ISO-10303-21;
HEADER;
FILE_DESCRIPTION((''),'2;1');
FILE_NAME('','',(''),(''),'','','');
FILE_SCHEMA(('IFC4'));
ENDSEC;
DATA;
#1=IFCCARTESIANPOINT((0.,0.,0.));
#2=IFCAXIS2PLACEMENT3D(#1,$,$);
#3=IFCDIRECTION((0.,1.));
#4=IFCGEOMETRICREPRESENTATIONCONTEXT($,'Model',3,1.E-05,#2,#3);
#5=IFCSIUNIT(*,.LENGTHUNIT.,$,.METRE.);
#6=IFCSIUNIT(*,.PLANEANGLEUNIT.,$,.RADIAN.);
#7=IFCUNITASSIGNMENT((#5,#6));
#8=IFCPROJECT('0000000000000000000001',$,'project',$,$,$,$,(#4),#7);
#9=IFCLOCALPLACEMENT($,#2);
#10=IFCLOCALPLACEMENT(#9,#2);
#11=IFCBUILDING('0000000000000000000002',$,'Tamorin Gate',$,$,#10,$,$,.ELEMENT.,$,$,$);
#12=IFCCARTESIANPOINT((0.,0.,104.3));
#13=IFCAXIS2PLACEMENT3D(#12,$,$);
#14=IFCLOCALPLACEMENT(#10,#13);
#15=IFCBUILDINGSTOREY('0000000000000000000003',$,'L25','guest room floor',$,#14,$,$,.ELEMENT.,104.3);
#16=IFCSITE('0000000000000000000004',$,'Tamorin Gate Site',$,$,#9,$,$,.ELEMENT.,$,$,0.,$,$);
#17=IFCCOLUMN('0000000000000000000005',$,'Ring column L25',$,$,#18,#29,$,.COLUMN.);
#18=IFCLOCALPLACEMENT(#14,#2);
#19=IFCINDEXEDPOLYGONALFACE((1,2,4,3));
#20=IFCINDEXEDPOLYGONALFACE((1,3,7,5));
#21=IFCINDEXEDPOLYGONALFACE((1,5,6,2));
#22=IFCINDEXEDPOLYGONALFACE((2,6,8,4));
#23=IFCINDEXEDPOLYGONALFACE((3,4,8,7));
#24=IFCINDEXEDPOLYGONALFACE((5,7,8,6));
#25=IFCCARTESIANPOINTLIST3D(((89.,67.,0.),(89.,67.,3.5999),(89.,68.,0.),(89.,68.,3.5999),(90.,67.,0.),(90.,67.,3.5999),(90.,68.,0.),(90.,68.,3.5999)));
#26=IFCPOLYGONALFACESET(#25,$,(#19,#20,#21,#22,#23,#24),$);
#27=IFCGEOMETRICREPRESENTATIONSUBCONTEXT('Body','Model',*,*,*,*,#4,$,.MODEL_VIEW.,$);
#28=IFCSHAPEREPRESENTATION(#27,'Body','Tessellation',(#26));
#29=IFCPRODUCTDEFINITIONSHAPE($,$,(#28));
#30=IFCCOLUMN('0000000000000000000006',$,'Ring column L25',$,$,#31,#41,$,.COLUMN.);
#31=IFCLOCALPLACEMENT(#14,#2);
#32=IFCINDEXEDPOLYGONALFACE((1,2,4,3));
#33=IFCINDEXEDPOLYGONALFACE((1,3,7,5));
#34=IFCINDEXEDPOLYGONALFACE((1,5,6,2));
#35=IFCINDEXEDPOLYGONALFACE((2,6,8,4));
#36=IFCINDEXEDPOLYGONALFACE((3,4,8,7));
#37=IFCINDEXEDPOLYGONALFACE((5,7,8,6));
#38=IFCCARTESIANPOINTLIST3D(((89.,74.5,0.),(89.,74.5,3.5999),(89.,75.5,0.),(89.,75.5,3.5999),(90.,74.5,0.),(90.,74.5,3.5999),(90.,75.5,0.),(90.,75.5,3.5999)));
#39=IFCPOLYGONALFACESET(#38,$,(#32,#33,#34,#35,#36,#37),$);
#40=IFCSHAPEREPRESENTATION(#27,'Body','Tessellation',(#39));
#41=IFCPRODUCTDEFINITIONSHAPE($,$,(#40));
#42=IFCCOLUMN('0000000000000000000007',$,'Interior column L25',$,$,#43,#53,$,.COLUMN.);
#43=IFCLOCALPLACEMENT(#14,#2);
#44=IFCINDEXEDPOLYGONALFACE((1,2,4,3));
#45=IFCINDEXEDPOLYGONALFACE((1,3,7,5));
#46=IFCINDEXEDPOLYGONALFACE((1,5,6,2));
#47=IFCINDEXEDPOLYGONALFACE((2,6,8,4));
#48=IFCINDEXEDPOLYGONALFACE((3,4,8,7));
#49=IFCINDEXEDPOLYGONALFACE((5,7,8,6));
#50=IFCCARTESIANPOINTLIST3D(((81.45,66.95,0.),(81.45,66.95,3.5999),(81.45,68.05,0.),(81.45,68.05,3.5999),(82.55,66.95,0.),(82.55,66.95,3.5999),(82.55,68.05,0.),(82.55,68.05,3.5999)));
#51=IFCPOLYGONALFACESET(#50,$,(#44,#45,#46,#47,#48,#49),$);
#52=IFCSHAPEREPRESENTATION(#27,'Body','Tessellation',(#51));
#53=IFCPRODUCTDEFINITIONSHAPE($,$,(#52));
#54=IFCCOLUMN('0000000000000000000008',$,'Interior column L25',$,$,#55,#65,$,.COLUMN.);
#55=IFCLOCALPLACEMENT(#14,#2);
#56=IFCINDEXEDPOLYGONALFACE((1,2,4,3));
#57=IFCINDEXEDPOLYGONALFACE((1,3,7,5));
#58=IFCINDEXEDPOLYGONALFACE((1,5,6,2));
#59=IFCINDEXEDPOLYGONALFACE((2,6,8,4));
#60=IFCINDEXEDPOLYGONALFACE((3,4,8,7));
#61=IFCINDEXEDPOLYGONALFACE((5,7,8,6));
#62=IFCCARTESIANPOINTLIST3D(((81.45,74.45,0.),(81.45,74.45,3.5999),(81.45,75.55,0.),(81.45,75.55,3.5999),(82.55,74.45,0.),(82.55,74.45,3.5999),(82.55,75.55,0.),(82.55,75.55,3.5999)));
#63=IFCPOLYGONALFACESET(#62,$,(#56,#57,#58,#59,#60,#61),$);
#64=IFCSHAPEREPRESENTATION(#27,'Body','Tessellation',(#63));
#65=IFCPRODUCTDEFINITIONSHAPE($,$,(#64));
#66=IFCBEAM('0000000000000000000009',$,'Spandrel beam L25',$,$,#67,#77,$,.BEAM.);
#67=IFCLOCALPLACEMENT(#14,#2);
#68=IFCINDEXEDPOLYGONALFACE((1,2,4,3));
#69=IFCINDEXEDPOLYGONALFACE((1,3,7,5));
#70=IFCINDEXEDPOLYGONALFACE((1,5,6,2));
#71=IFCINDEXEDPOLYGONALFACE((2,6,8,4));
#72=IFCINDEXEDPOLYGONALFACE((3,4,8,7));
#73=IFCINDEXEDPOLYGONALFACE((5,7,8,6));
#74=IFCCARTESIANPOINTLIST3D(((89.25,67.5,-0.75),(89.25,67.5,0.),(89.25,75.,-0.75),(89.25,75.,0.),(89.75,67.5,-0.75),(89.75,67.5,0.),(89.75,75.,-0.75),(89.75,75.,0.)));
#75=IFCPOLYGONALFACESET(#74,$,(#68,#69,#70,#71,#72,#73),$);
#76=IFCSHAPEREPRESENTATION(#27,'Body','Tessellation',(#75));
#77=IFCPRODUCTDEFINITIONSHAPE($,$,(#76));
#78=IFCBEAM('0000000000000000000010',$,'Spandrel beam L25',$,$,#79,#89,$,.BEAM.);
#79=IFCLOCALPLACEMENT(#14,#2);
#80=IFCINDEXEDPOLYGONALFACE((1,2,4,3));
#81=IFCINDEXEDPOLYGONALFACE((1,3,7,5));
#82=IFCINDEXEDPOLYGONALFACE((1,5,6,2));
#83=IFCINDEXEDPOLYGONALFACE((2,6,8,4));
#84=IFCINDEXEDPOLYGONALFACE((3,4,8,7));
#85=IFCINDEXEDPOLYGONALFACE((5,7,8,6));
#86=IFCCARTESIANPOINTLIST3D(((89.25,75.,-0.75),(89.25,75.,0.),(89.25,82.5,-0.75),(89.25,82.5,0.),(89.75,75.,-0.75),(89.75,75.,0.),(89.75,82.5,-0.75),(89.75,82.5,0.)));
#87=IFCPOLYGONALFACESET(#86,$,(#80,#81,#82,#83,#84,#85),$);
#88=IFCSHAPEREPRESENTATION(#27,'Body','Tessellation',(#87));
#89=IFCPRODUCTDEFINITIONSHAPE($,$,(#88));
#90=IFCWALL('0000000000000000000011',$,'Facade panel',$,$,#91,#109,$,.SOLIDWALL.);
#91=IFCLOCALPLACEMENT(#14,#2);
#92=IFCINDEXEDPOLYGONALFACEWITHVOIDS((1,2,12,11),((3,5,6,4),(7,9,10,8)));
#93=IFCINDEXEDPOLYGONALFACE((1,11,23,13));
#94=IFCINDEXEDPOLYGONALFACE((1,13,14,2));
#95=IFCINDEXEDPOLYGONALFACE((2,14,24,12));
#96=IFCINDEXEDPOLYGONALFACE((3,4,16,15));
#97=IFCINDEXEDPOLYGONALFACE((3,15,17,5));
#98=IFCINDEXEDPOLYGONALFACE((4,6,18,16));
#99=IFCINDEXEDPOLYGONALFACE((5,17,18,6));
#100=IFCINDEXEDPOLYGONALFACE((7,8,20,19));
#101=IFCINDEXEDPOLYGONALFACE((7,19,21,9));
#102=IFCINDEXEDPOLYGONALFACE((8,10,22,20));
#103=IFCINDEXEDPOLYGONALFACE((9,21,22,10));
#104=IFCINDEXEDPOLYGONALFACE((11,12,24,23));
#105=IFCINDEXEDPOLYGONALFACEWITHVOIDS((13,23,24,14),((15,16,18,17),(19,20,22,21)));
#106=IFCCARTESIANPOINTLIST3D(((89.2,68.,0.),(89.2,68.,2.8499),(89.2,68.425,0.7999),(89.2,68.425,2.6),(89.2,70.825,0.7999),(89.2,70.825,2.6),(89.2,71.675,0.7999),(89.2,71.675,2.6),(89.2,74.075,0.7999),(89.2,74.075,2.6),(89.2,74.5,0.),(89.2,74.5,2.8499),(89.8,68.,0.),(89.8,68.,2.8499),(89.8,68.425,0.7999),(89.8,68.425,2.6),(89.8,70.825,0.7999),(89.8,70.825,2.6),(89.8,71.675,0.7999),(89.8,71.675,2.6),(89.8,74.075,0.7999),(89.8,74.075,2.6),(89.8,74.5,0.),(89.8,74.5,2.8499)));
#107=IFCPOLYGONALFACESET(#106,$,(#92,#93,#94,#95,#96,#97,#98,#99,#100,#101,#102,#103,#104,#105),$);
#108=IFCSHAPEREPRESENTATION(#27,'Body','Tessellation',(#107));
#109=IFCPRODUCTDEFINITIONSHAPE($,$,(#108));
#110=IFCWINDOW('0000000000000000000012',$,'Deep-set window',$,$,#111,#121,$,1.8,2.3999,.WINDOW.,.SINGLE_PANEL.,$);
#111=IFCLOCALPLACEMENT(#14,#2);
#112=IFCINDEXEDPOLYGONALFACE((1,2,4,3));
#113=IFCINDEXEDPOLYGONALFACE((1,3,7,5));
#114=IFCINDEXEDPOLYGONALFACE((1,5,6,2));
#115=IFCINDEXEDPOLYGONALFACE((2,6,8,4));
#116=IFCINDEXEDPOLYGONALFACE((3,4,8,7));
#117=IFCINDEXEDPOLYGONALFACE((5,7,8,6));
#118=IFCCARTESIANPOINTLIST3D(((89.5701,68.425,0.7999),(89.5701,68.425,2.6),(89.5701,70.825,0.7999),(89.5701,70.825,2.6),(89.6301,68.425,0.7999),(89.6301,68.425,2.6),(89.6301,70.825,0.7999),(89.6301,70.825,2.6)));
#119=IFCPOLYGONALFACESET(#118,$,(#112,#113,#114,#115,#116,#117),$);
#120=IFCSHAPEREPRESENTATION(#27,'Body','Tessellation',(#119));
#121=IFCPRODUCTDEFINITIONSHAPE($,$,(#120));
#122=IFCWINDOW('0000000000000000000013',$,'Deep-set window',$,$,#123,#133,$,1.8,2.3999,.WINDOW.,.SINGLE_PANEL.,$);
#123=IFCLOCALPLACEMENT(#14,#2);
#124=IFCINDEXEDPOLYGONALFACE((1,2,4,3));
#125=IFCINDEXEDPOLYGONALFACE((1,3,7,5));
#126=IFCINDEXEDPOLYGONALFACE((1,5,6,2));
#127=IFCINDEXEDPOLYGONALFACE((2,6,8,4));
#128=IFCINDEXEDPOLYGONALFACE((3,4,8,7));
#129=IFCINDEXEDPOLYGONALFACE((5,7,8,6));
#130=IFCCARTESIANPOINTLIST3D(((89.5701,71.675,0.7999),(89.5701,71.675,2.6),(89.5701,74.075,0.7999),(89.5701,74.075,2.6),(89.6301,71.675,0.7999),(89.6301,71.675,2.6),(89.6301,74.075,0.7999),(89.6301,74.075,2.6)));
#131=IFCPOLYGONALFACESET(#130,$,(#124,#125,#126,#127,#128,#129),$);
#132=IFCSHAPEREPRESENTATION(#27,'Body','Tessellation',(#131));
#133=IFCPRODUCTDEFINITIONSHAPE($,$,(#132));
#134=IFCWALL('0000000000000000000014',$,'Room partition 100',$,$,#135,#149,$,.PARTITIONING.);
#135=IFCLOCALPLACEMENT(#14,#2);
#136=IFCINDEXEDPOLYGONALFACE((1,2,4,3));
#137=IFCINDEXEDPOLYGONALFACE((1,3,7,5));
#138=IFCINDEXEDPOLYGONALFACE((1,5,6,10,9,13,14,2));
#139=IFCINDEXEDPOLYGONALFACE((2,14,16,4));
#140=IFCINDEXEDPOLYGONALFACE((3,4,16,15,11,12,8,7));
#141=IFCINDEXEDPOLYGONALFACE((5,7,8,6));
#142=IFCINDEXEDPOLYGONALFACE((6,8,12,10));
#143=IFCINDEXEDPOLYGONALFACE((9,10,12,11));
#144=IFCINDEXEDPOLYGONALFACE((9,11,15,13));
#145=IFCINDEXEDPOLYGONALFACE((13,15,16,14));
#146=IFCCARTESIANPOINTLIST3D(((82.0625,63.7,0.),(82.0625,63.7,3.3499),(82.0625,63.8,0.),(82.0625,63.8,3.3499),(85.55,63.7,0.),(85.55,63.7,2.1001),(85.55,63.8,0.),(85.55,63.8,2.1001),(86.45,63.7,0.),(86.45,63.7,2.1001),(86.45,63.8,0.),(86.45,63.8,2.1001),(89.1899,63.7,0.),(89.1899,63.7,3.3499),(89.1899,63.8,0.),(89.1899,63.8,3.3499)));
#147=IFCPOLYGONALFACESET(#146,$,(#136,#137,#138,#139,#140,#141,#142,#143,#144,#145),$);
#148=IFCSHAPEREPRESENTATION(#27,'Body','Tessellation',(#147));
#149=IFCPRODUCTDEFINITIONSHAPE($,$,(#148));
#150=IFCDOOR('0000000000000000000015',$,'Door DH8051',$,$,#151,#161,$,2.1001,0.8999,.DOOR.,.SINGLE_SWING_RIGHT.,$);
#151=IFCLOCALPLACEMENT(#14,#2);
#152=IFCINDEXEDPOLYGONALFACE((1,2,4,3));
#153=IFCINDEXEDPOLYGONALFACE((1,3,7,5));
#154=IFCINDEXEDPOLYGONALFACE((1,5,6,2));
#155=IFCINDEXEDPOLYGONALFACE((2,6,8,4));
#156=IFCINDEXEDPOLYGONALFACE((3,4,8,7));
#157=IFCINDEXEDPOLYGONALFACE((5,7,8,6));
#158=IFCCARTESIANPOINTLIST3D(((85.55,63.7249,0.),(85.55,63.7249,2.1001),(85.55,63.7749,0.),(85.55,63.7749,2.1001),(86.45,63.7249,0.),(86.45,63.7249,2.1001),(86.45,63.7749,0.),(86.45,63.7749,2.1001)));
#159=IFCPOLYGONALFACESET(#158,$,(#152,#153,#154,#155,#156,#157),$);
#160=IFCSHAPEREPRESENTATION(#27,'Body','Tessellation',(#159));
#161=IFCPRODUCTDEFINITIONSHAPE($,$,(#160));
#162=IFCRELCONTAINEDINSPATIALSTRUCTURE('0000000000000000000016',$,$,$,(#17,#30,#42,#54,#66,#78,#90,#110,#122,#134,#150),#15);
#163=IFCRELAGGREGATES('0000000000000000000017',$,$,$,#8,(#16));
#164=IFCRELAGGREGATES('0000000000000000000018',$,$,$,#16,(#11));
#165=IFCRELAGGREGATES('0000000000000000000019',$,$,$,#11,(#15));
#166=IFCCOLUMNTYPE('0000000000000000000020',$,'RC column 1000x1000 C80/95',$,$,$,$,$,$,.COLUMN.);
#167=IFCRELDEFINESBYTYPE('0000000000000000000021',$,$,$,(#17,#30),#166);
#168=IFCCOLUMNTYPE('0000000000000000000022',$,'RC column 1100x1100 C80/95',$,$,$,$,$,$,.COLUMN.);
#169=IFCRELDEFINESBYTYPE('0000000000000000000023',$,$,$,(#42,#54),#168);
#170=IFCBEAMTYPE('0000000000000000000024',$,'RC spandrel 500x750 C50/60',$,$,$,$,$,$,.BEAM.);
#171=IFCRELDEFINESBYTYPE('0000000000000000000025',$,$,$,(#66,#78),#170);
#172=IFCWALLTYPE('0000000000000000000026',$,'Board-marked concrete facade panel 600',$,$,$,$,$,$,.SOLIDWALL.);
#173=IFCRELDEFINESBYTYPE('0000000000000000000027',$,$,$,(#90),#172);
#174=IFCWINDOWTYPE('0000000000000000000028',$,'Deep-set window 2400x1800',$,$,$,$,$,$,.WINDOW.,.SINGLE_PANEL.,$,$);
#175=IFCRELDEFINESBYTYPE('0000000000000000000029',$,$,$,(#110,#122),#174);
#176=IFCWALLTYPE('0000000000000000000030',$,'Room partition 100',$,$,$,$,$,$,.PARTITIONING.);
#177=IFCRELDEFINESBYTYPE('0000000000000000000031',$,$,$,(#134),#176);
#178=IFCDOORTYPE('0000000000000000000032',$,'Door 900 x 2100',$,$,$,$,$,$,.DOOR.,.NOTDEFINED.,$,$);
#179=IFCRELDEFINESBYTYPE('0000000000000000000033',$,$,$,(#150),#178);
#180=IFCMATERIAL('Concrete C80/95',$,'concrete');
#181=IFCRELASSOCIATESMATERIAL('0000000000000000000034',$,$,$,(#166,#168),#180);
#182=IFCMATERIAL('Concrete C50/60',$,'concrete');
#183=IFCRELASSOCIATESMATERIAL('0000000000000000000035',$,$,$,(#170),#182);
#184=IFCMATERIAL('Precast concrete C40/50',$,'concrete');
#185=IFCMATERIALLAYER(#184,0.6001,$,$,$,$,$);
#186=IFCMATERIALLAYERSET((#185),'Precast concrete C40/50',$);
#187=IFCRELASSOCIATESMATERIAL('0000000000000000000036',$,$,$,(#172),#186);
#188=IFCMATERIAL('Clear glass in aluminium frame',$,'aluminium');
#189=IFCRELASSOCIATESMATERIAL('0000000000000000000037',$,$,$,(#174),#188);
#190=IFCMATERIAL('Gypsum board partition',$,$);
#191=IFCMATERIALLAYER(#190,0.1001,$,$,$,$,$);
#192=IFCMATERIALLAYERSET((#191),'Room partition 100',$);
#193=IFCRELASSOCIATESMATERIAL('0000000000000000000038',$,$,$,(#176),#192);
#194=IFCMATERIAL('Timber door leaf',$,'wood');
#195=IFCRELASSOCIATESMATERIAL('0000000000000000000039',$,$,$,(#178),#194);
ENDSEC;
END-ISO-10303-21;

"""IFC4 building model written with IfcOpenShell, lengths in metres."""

from ifc_helpers import new_model, si_unit, direction, frame, frame_2d, origin, origin_2d, place, context, subcontext, project, spatial, rectangle, extrude, material, layer, layer_set, material_profile, profile_set, type_object, element, fill, save


model = new_model("IFC4")

# Units and contexts
model_context = context("Model", 3, precision=1e-05, world=origin(), true_north=direction((0.0, 1.0)))
body_context = subcontext(model_context, "Body", "Model", "MODEL_VIEW")
ifc_project = project(units=[si_unit("LENGTHUNIT", "METRE"), si_unit("PLANEANGLEUNIT", "RADIAN")], contexts=[model_context])

# Site, building, storey
site_placement = place(None, origin())
site = spatial("IfcSite", under=ifc_project, at=site_placement, Name="Tamorin Gate Site", CompositionType="ELEMENT", RefElevation=0.0)
building_placement = place(site_placement, origin())
building = spatial("IfcBuilding", under=site, at=building_placement, Name="Tamorin Gate", CompositionType="ELEMENT")
storey_placement = place(building_placement, frame((0.0, 0.0, 104.3)))
storey = spatial("IfcBuildingStorey", under=building, at=storey_placement, Name="L25", Description="guest room floor", CompositionType="ELEMENT", Elevation=104.3)

# Columns
ifc_material_1 = material(Name="Concrete C80/95", Category="concrete")
ifc_material_profile_1 = material_profile(ifc_material_1, rectangle(XDim=1.0, YDim=1.0, at=origin_2d()), Name="RC 1000x1000")
ifc_profile_set_1 = profile_set([ifc_material_profile_1], Name="Concrete C80/95")
column_type_1 = type_object("IfcColumnType", Name="RC column 1000x1000 C80/95", PredefinedType="COLUMN", material=ifc_profile_set_1)
for number, where, z_axis, x_axis, name in (
    (1, (89.5, 67.5, 0.0), (0.0, 0.0, 1.0), (1.0, 0.0, 0.0), "Ring column L25"),
    (2, (89.5, 75.0, 0.0), (0.0, 0.0, 1.0), (1.0, 0.0, 0.0), "Ring column L25"),
):
    element("IfcColumn", number, at=place(storey_placement, frame(where, z_axis=z_axis, x_axis=x_axis)), inside=storey, type_object=column_type_1, Name=name, PredefinedType="COLUMN", context=body_context, shape_type="SweptSolid", body=[
        extrude(rectangle(XDim=1.0, YDim=1.0, at=origin_2d()), origin(), (0.0, 0.0, 1.0), 3.5999),
    ])
ifc_material_profile_2 = material_profile(ifc_material_1, rectangle(XDim=1.1001, YDim=1.1001, at=origin_2d()), Name="RC 1100x1100")
ifc_profile_set_2 = profile_set([ifc_material_profile_2], Name="Concrete C80/95")
column_type_2 = type_object("IfcColumnType", Name="RC column 1100x1100 C80/95", PredefinedType="COLUMN", material=ifc_profile_set_2)
for number, where, z_axis, x_axis, name in (
    (3, (82.0, 67.5, 0.0), (0.0, 0.0, 1.0), (1.0, 0.0, 0.0), "Interior column L25"),
    (4, (82.0, 75.0, 0.0), (0.0, 0.0, 1.0), (1.0, 0.0, 0.0), "Interior column L25"),
):
    element("IfcColumn", number, at=place(storey_placement, frame(where, z_axis=z_axis, x_axis=x_axis)), inside=storey, type_object=column_type_2, Name=name, PredefinedType="COLUMN", context=body_context, shape_type="SweptSolid", body=[
        extrude(rectangle(XDim=1.1001, YDim=1.1001, at=origin_2d()), origin(), (0.0, 0.0, 1.0), 3.5999),
    ])

# Beams
ifc_material_2 = material(Name="Concrete C50/60", Category="concrete")
ifc_material_profile_3 = material_profile(ifc_material_2, rectangle(XDim=0.5, YDim=0.75, at=origin_2d()), Name="RC 500x750")
ifc_profile_set_3 = profile_set([ifc_material_profile_3], Name="Concrete C50/60")
beam_type = type_object("IfcBeamType", Name="RC spandrel 500x750 C50/60", PredefinedType="BEAM", material=ifc_profile_set_3)
for number, where, z_axis, x_axis, name in (
    (5, (89.5, 67.5, -0.375), (0.0, 1.0, 0.0), (-1.0, 0.0, 0.0), "Spandrel beam L25"),
    (6, (89.5, 75.0, -0.375), (0.0, 1.0, 0.0), (-1.0, 0.0, 0.0), "Spandrel beam L25"),
):
    element("IfcBeam", number, at=place(storey_placement, frame(where, z_axis=z_axis, x_axis=x_axis)), inside=storey, type_object=beam_type, Name=name, PredefinedType="BEAM", context=body_context, shape_type="SweptSolid", body=[
        extrude(rectangle(XDim=0.5, YDim=0.75, at=origin_2d()), origin(), (0.0, 0.0, 1.0), 7.5),
    ])

# Wall, openings, windows
ifc_material_3 = material(Name="Precast concrete C40/50", Category="concrete")
ifc_layer_1 = layer(ifc_material_3, 0.6001)
ifc_layer_set_1 = layer_set([ifc_layer_1], Name="Precast concrete C40/50")
wall_type_1 = type_object("IfcWallType", Name="Board-marked concrete facade panel 600", PredefinedType="SOLIDWALL", material=ifc_layer_set_1)
wall_1_placement = place(storey_placement, frame((89.5, 68.0, 0.0), z_axis=(0.0, 0.0, 1.0), x_axis=(0.0, 1.0, 0.0)))
wall_1 = element("IfcWall", 7, at=wall_1_placement, inside=storey, type_object=wall_type_1, Name="Facade panel", PredefinedType="SOLIDWALL", context=body_context, shape_type="SweptSolid", body=[
    extrude(rectangle(XDim=6.5, YDim=0.6001, at=frame_2d((3.25, 0.0))), origin(), (0.0, 0.0, 1.0), 2.8499),
])
opening_1_placement = place(wall_1_placement, frame((0.425, 0.0, 0.8)))
opening_1 = element("IfcOpeningElement", 8, at=opening_1_placement, cuts=wall_1, PredefinedType="OPENING", context=body_context, shape_type="SweptSolid", body=[
    extrude(rectangle(XDim=2.3999, YDim=1.8, at=frame_2d((1.2, 0.8999))), frame((0.0, 0.3101, 0.0), z_axis=(0.0, -1.0, 0.0), x_axis=(1.0, 0.0, 0.0)), (0.0, 0.0, 1.0), 0.6201),
])
opening_2_placement = place(wall_1_placement, frame((3.675, 0.0, 0.8)))
opening_2 = element("IfcOpeningElement", 9, at=opening_2_placement, cuts=wall_1, PredefinedType="OPENING", context=body_context, shape_type="SweptSolid", body=[
    extrude(rectangle(XDim=2.3999, YDim=1.8, at=frame_2d((1.2, 0.8999))), frame((0.0, 0.3101, 0.0), z_axis=(0.0, -1.0, 0.0), x_axis=(1.0, 0.0, 0.0)), (0.0, 0.0, 1.0), 0.6201),
])
ifc_material_4 = material(Name="Clear glass in aluminium frame", Category="aluminium")
window_type = type_object("IfcWindowType", Name="Deep-set window 2400x1800", PartitioningType="SINGLE_PANEL", PredefinedType="WINDOW", material=ifc_material_4)
window_1_placement = place(opening_1_placement, origin())
window_1 = element("IfcWindow", 10, at=window_1_placement, inside=storey, type_object=window_type, Name="Deep-set window", OverallHeight=1.8, OverallWidth=2.3999, PartitioningType="SINGLE_PANEL", PredefinedType="WINDOW", context=body_context, shape_type="SweptSolid", body=[
    extrude(rectangle(XDim=2.3999, YDim=1.8, at=frame_2d((1.2, 0.8999))), frame((0.0, -0.0701, 0.0), z_axis=(0.0, -1.0, 0.0), x_axis=(1.0, 0.0, 0.0)), (0.0, 0.0, 1.0), 0.0601),
])
fill(opening_1, window_1)
window_2_placement = place(opening_2_placement, origin())
window_2 = element("IfcWindow", 11, at=window_2_placement, inside=storey, type_object=window_type, Name="Deep-set window", OverallHeight=1.8, OverallWidth=2.3999, PartitioningType="SINGLE_PANEL", PredefinedType="WINDOW", context=body_context, shape_type="SweptSolid", body=[
    extrude(rectangle(XDim=2.3999, YDim=1.8, at=frame_2d((1.2, 0.8999))), frame((0.0, -0.0701, 0.0), z_axis=(0.0, -1.0, 0.0), x_axis=(1.0, 0.0, 0.0)), (0.0, 0.0, 1.0), 0.0601),
])
fill(opening_2, window_2)

# Wall, opening, door
ifc_material_5 = material(Name="Gypsum board partition")
ifc_layer_2 = layer(ifc_material_5, 0.1001)
ifc_layer_set_2 = layer_set([ifc_layer_2], Name="Room partition 100")
wall_type_2 = type_object("IfcWallType", Name="Room partition 100", PredefinedType="PARTITIONING", material=ifc_layer_set_2)
wall_2_placement = place(storey_placement, frame((82.0625, 63.75, 0.0), z_axis=(0.0, 0.0, 1.0), x_axis=(1.0, 0.0, 0.0)))
wall_2 = element("IfcWall", 12, at=wall_2_placement, inside=storey, type_object=wall_type_2, Name="Room partition 100", PredefinedType="PARTITIONING", context=body_context, shape_type="SweptSolid", body=[
    extrude(rectangle(XDim=7.1274, YDim=0.1001, at=frame_2d((3.5637, 0.0))), origin(), (0.0, 0.0, 1.0), 3.3499),
])
opening_3_placement = place(wall_2_placement, frame((3.4875, 0.0, 0.0)))
opening_3 = element("IfcOpeningElement", 13, at=opening_3_placement, cuts=wall_2, PredefinedType="OPENING", context=body_context, shape_type="SweptSolid", body=[
    extrude(rectangle(XDim=0.8999, YDim=2.1001, at=frame_2d((0.45, 1.05))), frame((0.0, 0.0601, 0.0), z_axis=(0.0, -1.0, 0.0), x_axis=(1.0, 0.0, 0.0)), (0.0, 0.0, 1.0), 0.1201),
])
ifc_material_6 = material(Name="Timber door leaf", Category="wood")
door_type = type_object("IfcDoorType", Name="Door 900 x 2100", OperationType="NOTDEFINED", PredefinedType="DOOR", material=ifc_material_6)
door_1_placement = place(opening_3_placement, origin())
door_1 = element("IfcDoor", 14, at=door_1_placement, inside=storey, type_object=door_type, Name="Door DH8051", OperationType="SINGLE_SWING_RIGHT", OverallHeight=2.1001, OverallWidth=0.8999, PredefinedType="DOOR", context=body_context, shape_type="SweptSolid", body=[
    extrude(rectangle(XDim=0.8999, YDim=2.1001, at=frame_2d((0.45, 1.05))), frame((0.0, 0.0249, 0.0), z_axis=(0.0, -1.0, 0.0), x_axis=(1.0, 0.0, 0.0)), (0.0, 0.0, 1.0), 0.05),
])
fill(opening_3, door_1)

save(model, "model.ifc")
